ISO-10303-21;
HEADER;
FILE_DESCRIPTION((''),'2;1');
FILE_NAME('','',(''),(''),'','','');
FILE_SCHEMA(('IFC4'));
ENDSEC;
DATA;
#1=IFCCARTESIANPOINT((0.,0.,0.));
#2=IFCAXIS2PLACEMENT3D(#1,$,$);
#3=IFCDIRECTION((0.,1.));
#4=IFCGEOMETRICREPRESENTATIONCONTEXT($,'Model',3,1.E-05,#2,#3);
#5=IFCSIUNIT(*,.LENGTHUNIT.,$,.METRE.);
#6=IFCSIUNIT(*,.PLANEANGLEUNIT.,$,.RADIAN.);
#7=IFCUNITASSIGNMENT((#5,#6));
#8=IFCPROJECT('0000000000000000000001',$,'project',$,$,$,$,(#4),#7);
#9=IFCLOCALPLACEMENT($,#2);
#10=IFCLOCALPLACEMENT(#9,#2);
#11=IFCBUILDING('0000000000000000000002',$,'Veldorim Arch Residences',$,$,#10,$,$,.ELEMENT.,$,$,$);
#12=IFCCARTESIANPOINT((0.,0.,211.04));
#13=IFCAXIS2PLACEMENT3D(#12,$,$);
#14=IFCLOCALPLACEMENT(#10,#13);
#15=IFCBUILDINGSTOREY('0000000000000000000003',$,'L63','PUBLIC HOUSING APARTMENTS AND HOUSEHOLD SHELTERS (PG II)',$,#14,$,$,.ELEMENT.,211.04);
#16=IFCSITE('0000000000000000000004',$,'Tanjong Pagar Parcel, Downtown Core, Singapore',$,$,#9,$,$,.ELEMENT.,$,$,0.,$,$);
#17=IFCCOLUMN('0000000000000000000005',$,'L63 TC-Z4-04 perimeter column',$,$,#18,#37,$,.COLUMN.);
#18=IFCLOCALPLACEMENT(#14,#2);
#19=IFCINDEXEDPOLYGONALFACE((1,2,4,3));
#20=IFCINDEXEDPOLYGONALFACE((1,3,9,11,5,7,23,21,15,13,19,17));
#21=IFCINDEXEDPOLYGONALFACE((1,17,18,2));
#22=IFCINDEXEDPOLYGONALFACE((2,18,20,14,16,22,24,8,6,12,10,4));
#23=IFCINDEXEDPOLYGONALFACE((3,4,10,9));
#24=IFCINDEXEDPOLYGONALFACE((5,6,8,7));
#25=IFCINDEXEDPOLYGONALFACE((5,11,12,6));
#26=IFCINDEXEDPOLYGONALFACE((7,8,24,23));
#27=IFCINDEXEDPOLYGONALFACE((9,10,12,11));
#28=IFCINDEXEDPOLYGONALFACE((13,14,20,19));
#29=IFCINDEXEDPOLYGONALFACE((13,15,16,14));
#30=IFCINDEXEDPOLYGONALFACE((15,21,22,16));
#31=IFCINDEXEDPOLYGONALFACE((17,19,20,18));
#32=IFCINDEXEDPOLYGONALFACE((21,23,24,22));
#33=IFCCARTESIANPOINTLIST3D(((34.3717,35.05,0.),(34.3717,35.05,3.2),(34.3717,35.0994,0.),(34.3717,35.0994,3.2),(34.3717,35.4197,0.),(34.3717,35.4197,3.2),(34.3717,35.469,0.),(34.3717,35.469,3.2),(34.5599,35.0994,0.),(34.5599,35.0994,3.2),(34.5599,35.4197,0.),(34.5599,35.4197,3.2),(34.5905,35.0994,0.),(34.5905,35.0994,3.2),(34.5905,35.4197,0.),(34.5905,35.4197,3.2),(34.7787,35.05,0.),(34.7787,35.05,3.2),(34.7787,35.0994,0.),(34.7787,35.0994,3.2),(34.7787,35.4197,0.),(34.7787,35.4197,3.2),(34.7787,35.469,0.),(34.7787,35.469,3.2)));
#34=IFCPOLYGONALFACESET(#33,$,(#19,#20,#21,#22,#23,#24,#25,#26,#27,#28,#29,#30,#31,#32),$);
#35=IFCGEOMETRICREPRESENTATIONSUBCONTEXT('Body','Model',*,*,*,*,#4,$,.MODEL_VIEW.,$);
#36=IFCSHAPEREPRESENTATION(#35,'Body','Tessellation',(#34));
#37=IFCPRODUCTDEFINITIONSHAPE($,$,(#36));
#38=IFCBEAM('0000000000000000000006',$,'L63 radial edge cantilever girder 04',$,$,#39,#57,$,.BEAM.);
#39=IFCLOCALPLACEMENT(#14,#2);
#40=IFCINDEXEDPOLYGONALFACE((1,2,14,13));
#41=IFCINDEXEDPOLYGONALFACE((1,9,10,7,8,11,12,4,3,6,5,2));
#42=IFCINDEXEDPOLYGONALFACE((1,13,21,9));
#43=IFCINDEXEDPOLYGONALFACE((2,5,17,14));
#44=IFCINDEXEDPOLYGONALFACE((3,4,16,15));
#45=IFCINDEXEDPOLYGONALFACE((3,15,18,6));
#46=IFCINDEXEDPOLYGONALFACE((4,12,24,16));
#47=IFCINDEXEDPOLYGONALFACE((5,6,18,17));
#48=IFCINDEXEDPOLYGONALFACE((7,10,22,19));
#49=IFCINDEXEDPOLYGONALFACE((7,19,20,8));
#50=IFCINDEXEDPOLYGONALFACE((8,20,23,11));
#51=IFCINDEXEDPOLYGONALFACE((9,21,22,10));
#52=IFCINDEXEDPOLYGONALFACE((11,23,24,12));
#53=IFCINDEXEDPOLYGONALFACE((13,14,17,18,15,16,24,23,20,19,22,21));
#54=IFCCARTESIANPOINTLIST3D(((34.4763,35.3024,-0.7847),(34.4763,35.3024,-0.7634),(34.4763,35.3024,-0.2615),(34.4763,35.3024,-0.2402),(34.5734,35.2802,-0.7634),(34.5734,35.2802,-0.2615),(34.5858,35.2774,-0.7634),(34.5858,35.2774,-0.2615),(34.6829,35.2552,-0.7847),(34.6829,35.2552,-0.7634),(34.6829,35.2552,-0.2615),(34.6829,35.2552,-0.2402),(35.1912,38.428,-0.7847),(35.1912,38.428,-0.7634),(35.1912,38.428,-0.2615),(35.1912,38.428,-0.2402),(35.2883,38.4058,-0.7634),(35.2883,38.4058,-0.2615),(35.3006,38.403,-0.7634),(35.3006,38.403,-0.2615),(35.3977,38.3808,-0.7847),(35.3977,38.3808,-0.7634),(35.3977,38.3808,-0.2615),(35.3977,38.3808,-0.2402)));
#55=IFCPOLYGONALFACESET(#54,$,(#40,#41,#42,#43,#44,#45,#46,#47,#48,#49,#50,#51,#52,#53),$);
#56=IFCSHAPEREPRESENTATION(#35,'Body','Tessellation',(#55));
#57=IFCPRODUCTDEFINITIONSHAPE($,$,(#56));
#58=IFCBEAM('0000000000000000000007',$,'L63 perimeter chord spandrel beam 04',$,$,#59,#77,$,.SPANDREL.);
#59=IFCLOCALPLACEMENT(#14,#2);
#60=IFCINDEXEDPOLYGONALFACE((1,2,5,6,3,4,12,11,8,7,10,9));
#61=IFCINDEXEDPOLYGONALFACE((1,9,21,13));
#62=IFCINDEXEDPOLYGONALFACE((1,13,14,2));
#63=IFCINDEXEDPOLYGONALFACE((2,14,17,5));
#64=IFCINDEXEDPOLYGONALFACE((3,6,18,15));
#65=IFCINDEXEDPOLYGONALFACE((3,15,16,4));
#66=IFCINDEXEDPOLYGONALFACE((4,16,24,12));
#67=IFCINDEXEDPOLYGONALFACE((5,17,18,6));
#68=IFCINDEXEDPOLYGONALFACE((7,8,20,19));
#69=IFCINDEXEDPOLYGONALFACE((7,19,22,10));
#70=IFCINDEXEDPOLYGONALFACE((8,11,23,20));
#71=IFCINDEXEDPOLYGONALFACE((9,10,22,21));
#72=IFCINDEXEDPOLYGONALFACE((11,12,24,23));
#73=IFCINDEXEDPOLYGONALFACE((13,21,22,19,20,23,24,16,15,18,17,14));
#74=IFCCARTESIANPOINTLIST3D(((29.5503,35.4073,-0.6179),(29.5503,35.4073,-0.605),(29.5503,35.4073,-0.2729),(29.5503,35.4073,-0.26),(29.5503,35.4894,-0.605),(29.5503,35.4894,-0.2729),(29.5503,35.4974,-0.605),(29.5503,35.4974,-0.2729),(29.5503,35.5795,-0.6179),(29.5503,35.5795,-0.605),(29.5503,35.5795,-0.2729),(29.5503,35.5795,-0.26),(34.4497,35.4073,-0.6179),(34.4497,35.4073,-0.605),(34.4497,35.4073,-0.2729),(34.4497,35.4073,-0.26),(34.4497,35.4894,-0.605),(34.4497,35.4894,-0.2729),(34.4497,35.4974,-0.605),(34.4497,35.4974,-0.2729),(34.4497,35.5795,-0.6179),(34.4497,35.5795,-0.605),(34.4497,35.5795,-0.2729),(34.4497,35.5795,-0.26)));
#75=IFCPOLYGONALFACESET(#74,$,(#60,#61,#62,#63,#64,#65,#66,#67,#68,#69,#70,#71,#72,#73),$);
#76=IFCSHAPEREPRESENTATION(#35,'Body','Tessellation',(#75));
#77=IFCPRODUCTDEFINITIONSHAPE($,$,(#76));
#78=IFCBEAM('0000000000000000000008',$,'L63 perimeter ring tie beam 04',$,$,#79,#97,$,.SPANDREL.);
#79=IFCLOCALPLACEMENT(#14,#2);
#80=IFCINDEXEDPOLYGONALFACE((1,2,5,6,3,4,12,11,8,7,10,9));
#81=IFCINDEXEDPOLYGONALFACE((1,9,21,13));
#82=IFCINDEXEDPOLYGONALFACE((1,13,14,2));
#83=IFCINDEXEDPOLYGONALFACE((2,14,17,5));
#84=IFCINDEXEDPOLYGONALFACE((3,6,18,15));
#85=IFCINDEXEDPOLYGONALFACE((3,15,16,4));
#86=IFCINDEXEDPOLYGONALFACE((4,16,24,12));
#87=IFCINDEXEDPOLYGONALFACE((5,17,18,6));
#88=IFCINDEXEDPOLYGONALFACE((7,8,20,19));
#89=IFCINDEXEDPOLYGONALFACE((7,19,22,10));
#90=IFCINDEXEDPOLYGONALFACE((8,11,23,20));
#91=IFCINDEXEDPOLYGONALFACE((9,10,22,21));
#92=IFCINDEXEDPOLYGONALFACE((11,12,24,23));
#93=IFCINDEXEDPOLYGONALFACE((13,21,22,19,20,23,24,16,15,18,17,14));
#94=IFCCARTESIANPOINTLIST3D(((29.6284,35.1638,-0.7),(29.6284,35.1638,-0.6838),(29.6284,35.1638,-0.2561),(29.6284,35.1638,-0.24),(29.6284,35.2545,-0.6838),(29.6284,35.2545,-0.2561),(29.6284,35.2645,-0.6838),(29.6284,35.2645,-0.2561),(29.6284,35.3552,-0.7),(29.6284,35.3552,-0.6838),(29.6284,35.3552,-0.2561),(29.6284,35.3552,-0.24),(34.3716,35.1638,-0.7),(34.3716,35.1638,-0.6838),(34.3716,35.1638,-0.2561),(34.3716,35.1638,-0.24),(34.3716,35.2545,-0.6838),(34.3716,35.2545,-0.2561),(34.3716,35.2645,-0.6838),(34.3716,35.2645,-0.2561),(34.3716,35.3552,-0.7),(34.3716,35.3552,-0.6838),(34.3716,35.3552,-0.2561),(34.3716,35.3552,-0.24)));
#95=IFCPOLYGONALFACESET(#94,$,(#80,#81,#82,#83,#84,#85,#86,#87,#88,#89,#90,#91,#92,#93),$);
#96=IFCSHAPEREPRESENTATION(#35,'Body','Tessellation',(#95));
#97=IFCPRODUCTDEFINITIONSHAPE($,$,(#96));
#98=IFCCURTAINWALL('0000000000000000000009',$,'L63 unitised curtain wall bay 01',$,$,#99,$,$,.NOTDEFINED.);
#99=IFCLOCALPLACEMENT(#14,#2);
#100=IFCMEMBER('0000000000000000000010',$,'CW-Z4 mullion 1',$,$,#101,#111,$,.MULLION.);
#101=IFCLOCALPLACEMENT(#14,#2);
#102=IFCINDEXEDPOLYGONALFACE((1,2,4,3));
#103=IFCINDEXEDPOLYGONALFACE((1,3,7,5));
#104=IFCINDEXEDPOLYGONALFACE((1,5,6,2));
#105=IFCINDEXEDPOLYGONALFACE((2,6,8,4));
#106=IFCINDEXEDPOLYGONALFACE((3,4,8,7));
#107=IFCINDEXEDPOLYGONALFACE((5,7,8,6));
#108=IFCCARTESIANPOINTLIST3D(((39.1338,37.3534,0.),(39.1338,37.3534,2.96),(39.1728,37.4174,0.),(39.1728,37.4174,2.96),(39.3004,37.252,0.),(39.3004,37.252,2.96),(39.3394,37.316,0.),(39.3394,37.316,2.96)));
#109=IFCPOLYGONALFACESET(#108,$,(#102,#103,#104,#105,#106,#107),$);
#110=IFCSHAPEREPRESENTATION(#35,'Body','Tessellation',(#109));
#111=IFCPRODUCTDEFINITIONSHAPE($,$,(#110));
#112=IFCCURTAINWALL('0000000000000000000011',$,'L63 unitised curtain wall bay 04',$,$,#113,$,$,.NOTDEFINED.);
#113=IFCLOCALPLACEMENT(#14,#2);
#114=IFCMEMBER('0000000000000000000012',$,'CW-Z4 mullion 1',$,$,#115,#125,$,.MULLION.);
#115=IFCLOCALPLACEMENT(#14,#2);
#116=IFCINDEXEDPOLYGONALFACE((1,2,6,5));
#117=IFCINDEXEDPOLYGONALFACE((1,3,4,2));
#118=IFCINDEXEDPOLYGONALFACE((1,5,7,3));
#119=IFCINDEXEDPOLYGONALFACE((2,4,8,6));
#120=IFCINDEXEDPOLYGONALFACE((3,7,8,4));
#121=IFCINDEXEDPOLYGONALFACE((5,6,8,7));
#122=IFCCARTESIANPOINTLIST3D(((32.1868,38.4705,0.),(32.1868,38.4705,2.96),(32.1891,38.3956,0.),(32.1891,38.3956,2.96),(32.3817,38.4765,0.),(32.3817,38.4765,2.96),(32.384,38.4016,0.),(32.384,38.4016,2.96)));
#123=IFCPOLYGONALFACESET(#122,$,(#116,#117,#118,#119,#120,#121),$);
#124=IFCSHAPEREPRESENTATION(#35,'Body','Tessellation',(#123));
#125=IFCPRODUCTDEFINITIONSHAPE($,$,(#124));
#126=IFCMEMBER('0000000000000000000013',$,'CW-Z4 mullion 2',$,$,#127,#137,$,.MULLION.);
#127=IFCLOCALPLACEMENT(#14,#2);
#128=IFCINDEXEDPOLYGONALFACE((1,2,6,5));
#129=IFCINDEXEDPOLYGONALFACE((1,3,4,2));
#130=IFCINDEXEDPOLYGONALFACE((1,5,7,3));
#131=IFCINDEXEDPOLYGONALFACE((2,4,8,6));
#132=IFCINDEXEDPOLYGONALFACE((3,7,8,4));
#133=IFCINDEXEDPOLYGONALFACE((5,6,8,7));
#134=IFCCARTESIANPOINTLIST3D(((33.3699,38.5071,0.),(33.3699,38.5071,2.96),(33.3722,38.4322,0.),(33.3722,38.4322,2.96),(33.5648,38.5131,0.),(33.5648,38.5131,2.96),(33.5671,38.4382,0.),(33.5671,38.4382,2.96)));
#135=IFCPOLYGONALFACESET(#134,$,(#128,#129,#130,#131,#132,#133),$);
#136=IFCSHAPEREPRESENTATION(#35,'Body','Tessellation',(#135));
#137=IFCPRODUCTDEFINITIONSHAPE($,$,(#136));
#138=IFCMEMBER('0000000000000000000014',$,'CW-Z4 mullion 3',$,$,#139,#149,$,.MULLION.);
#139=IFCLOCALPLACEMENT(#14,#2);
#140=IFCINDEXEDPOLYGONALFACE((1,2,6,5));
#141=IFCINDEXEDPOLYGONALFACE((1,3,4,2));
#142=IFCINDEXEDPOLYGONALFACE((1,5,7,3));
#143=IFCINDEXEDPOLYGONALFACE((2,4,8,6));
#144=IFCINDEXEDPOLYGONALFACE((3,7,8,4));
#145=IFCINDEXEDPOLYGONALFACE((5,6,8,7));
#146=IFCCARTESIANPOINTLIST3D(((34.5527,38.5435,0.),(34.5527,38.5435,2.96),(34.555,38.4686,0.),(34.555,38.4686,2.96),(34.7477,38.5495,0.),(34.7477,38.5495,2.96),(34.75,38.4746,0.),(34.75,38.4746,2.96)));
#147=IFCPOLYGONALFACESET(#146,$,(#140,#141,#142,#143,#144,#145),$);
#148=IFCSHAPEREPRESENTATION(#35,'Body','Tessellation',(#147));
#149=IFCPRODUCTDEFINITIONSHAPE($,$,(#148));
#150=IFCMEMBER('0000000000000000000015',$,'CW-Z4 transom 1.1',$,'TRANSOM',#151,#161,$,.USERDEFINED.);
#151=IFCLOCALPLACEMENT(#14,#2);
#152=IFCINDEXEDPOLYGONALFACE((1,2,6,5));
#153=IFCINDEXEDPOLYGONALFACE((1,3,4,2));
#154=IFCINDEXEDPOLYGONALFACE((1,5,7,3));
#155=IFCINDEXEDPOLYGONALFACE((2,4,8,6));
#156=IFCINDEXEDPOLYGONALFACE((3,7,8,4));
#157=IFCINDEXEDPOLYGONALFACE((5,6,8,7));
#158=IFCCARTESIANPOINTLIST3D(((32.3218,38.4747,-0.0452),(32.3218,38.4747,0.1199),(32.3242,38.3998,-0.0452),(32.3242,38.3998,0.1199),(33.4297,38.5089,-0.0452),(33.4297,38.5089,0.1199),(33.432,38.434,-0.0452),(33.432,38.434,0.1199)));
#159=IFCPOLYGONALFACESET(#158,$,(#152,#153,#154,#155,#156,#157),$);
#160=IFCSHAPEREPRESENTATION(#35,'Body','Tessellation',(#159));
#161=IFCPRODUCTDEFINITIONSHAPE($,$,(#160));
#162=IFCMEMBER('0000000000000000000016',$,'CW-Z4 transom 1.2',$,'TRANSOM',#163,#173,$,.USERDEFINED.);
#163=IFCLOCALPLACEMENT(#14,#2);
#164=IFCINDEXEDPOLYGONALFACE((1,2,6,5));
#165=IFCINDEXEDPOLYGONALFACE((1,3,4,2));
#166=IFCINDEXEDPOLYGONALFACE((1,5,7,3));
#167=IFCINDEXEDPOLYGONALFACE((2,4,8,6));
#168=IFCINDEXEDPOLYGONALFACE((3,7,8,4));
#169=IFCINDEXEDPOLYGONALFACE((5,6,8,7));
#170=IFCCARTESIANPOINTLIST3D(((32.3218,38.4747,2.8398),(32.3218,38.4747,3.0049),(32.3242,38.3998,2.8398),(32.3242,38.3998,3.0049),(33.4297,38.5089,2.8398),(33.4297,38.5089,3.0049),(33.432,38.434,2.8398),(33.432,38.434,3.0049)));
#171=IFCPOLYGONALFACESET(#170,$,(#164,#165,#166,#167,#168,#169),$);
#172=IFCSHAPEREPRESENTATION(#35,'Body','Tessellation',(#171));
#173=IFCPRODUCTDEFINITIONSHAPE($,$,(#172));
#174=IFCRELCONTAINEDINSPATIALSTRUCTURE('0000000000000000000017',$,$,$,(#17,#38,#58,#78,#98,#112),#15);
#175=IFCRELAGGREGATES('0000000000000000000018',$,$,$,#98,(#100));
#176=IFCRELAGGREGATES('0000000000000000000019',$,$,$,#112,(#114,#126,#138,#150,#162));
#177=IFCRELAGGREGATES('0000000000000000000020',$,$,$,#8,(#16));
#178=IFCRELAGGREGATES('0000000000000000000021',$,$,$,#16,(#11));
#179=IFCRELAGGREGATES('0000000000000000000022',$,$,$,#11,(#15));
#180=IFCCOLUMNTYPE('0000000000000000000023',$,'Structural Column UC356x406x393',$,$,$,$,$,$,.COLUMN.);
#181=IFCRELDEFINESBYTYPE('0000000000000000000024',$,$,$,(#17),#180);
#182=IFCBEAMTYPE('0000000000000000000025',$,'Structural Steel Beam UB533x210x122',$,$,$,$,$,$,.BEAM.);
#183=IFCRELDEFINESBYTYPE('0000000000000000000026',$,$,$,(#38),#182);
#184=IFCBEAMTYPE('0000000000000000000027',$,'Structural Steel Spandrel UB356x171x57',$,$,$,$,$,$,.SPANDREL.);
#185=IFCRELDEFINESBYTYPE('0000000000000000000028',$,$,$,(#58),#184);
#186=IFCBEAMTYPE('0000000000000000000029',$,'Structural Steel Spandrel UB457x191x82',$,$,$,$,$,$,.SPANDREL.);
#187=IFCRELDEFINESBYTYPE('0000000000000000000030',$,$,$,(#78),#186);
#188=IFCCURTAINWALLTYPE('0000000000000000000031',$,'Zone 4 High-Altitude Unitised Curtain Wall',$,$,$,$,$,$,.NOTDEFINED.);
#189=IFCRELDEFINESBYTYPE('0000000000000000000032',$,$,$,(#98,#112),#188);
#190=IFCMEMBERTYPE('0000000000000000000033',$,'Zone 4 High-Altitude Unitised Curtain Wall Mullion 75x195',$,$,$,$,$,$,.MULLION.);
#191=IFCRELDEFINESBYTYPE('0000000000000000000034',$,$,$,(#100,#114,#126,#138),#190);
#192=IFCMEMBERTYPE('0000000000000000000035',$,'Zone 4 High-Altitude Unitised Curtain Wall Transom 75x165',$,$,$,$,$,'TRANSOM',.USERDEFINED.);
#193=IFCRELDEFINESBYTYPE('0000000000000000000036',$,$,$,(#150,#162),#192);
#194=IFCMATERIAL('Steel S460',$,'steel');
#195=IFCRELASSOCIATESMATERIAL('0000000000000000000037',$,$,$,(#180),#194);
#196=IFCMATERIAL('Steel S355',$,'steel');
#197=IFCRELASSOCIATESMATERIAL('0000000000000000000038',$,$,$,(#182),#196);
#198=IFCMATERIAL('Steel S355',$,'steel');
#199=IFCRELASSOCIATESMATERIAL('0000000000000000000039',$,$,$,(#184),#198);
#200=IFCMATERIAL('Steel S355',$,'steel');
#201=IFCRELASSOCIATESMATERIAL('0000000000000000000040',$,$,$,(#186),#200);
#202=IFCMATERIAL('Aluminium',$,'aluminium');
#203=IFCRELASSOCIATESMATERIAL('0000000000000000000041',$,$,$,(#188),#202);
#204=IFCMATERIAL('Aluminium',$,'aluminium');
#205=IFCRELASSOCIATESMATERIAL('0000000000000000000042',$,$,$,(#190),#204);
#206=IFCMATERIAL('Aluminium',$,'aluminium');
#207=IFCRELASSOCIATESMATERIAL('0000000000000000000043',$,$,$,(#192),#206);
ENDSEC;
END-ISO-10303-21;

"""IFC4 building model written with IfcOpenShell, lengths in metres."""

from ifc_helpers import new_model, si_unit, direction, frame, origin, origin_2d, place, context, subcontext, project, spatial, rectangle, i_section, extrude, material, material_profile, profile_set, type_object, element, aggregate, save


model = new_model("IFC4")

# Units and contexts
model_context = context("Model", 3, precision=1e-05, world=origin(), true_north=direction((0.0, 1.0)))
body_context = subcontext(model_context, "Body", "Model", "MODEL_VIEW")
ifc_project = project(units=[si_unit("LENGTHUNIT", "METRE"), si_unit("PLANEANGLEUNIT", "RADIAN")], contexts=[model_context])

# Site, building, storey
site_placement = place(None, origin())
site = spatial("IfcSite", under=ifc_project, at=site_placement, Name="Tanjong Pagar Parcel, Downtown Core, Singapore", CompositionType="ELEMENT", RefElevation=0.0)
building_placement = place(site_placement, origin())
building = spatial("IfcBuilding", under=site, at=building_placement, Name="Veldorim Arch Residences", CompositionType="ELEMENT")
storey_placement = place(building_placement, frame((0.0, 0.0, 211.04)))
storey = spatial("IfcBuildingStorey", under=building, at=storey_placement, Name="L63", Description="PUBLIC HOUSING APARTMENTS AND HOUSEHOLD SHELTERS (PG II)", CompositionType="ELEMENT", Elevation=211.04)

# Column
ifc_material_1 = material(Name="Steel S460", Category="steel")
ifc_material_profile_1 = material_profile(ifc_material_1, i_section(OverallWidth=0.407, OverallDepth=0.4189, WebThickness=0.0305, FlangeThickness=0.0493, at=origin_2d()), Name="UC356x406x393")
ifc_profile_set_1 = profile_set([ifc_material_profile_1], Name="Steel S460")
column_type = type_object("IfcColumnType", Name="Structural Column UC356x406x393", PredefinedType="COLUMN", material=ifc_profile_set_1)
column_placement = place(storey_placement, frame((34.5752, 35.2595, 0.0), z_axis=(0.0, 0.0, 1.0), x_axis=(1.0, 0.0, 0.0)))
element("IfcColumn", 1, at=column_placement, inside=storey, type_object=column_type, Name="L63 TC-Z4-04 perimeter column", PredefinedType="COLUMN", context=body_context, shape_type="SweptSolid", body=[
    extrude(i_section(OverallWidth=0.407, OverallDepth=0.4189, WebThickness=0.0305, FlangeThickness=0.0493, at=origin_2d()), origin(), (0.0, 0.0, 1.0), 3.2),
])

# Beams
ifc_material_2 = material(Name="Steel S355", Category="steel")
ifc_material_profile_2 = material_profile(ifc_material_2, i_section(OverallWidth=0.2119, OverallDepth=0.5444, WebThickness=0.0127, FlangeThickness=0.0212, at=origin_2d()), Name="UB533x210x122")
ifc_profile_set_2 = profile_set([ifc_material_profile_2], Name="Steel S355")
beam_type_1 = type_object("IfcBeamType", Name="Structural Steel Beam UB533x210x122", PredefinedType="BEAM", material=ifc_profile_set_2)
beam_1_placement = place(storey_placement, frame((34.5796, 35.2788, -0.5125), z_axis=(0.222957, 0.974828, 0.0), x_axis=(-0.974828, 0.222957, 0.0)))
element("IfcBeam", 2, at=beam_1_placement, inside=storey, type_object=beam_type_1, Name="L63 radial edge cantilever girder 04", PredefinedType="BEAM", context=body_context, shape_type="SweptSolid", body=[
    extrude(i_section(OverallWidth=0.2119, OverallDepth=0.5444, WebThickness=0.0127, FlangeThickness=0.0212, at=origin_2d()), origin(), (0.0, 0.0, 1.0), 3.2063),
])
ifc_material_3 = material(Name="Steel S355", Category="steel")
ifc_material_profile_3 = material_profile(ifc_material_3, i_section(OverallWidth=0.1721, OverallDepth=0.3579, WebThickness=0.0081, FlangeThickness=0.0129, at=origin_2d()), Name="UB356x171x57")
ifc_profile_set_3 = profile_set([ifc_material_profile_3], Name="Steel S355")
beam_type_2 = type_object("IfcBeamType", Name="Structural Steel Spandrel UB356x171x57", PredefinedType="SPANDREL", material=ifc_profile_set_3)
beam_2_placement = place(storey_placement, frame((34.4497, 35.4934, -0.439), z_axis=(-1.0, 0.0, 0.0), x_axis=(0.0, -1.0, 0.0)))
element("IfcBeam", 3, at=beam_2_placement, inside=storey, type_object=beam_type_2, Name="L63 perimeter chord spandrel beam 04", PredefinedType="SPANDREL", context=body_context, shape_type="SweptSolid", body=[
    extrude(i_section(OverallWidth=0.1721, OverallDepth=0.3579, WebThickness=0.0081, FlangeThickness=0.0129, at=origin_2d()), origin(), (0.0, 0.0, 1.0), 4.8994),
])
ifc_material_4 = material(Name="Steel S355", Category="steel")
ifc_material_profile_4 = material_profile(ifc_material_4, i_section(OverallWidth=0.1914, OverallDepth=0.46, WebThickness=0.01, FlangeThickness=0.0161, at=origin_2d()), Name="UB457x191x82")
ifc_profile_set_4 = profile_set([ifc_material_profile_4], Name="Steel S355")
beam_type_3 = type_object("IfcBeamType", Name="Structural Steel Spandrel UB457x191x82", PredefinedType="SPANDREL", material=ifc_profile_set_4)
beam_3_placement = place(storey_placement, frame((34.3716, 35.2595, -0.47), z_axis=(-1.0, 0.0, 0.0), x_axis=(0.0, -1.0, 0.0)))
element("IfcBeam", 4, at=beam_3_placement, inside=storey, type_object=beam_type_3, Name="L63 perimeter ring tie beam 04", PredefinedType="SPANDREL", context=body_context, shape_type="SweptSolid", body=[
    extrude(i_section(OverallWidth=0.1914, OverallDepth=0.46, WebThickness=0.01, FlangeThickness=0.0161, at=origin_2d()), origin(), (0.0, 0.0, 1.0), 4.7432),
])

# Curtain wall, member
ifc_material_5 = material(Name="Aluminium", Category="aluminium")
curtain_wall_type = type_object("IfcCurtainWallType", Name="Zone 4 High-Altitude Unitised Curtain Wall", PredefinedType="NOTDEFINED", material=ifc_material_5)
curtain_wall_1_placement = place(storey_placement, origin())
curtain_wall_1 = element("IfcCurtainWall", 5, at=curtain_wall_1_placement, inside=storey, type_object=curtain_wall_type, Name="L63 unitised curtain wall bay 01", PredefinedType="NOTDEFINED")
ifc_material_6 = material(Name="Aluminium", Category="aluminium")
ifc_material_profile_5 = material_profile(ifc_material_6, rectangle(XDim=0.075, YDim=0.1951, at=origin_2d()), Name="ALU_MUL_75x195")
ifc_profile_set_5 = profile_set([ifc_material_profile_5], Name="Aluminium")
member_type_1 = type_object("IfcMemberType", Name="Zone 4 High-Altitude Unitised Curtain Wall Mullion 75x195", PredefinedType="MULLION", material=ifc_profile_set_5)
member_1_placement = place(storey_placement, frame((39.2366, 37.3347, 0.0), z_axis=(0.0, 0.0, 1.0), x_axis=(0.520033, 0.854146, 0.0)))
member_1 = element("IfcMember", 6, at=member_1_placement, type_object=member_type_1, Name="CW-Z4 mullion 1", PredefinedType="MULLION", context=body_context, shape_type="SweptSolid", body=[
    extrude(rectangle(XDim=0.075, YDim=0.1951, at=origin_2d()), origin(), (0.0, 0.0, 1.0), 2.96),
])
aggregate(curtain_wall_1, [member_1])

# Curtain wall, members
curtain_wall_2_placement = place(storey_placement, origin())
curtain_wall_2 = element("IfcCurtainWall", 7, at=curtain_wall_2_placement, inside=storey, type_object=curtain_wall_type, Name="L63 unitised curtain wall bay 04", PredefinedType="NOTDEFINED")
member_2_placement = place(storey_placement, frame((32.2854, 38.436, 0.0), z_axis=(0.0, 0.0, 1.0), x_axis=(-0.030835, 0.999525, 0.0)))
member_2 = element("IfcMember", 8, at=member_2_placement, type_object=member_type_1, Name="CW-Z4 mullion 1", PredefinedType="MULLION", context=body_context, shape_type="SweptSolid", body=[
    extrude(rectangle(XDim=0.075, YDim=0.1951, at=origin_2d()), origin(), (0.0, 0.0, 1.0), 2.96),
])
member_3_placement = place(storey_placement, frame((33.4685, 38.4727, 0.0), z_axis=(0.0, 0.0, 1.0), x_axis=(-0.030835, 0.999525, 0.0)))
member_3 = element("IfcMember", 9, at=member_3_placement, type_object=member_type_1, Name="CW-Z4 mullion 2", PredefinedType="MULLION", context=body_context, shape_type="SweptSolid", body=[
    extrude(rectangle(XDim=0.075, YDim=0.1951, at=origin_2d()), origin(), (0.0, 0.0, 1.0), 2.96),
])
member_4_placement = place(storey_placement, frame((34.6514, 38.509, 0.0), z_axis=(0.0, 0.0, 1.0), x_axis=(-0.030835, 0.999525, 0.0)))
member_4 = element("IfcMember", 10, at=member_4_placement, type_object=member_type_1, Name="CW-Z4 mullion 3", PredefinedType="MULLION", context=body_context, shape_type="SweptSolid", body=[
    extrude(rectangle(XDim=0.075, YDim=0.1951, at=origin_2d()), origin(), (0.0, 0.0, 1.0), 2.96),
])
ifc_material_7 = material(Name="Aluminium", Category="aluminium")
ifc_material_profile_6 = material_profile(ifc_material_7, rectangle(XDim=0.075, YDim=0.165, at=origin_2d()), Name="ALU_TRN_75x165")
ifc_profile_set_6 = profile_set([ifc_material_profile_6], Name="Aluminium")
member_type_2 = type_object("IfcMemberType", Name="Zone 4 High-Altitude Unitised Curtain Wall Transom 75x165", ElementType="TRANSOM", PredefinedType="USERDEFINED", material=ifc_profile_set_6)
member_5_placement = place(storey_placement, frame((32.323, 38.4373, 0.0374), z_axis=(0.999524, 0.030836, 0.0), x_axis=(-0.030836, 0.999524, 0.0)))
member_5 = element("IfcMember", 11, at=member_5_placement, type_object=member_type_2, Name="CW-Z4 transom 1.1", ObjectType="TRANSOM", PredefinedType="USERDEFINED", context=body_context, shape_type="SweptSolid", body=[
    extrude(rectangle(XDim=0.075, YDim=0.165, at=origin_2d()), origin(), (0.0, 0.0, 1.0), 1.1084),
])
member_6_placement = place(storey_placement, frame((32.323, 38.4373, 2.9224), z_axis=(0.999524, 0.030836, 0.0), x_axis=(-0.030836, 0.999524, 0.0)))
member_6 = element("IfcMember", 12, at=member_6_placement, type_object=member_type_2, Name="CW-Z4 transom 1.2", ObjectType="TRANSOM", PredefinedType="USERDEFINED", context=body_context, shape_type="SweptSolid", body=[
    extrude(rectangle(XDim=0.075, YDim=0.165, at=origin_2d()), origin(), (0.0, 0.0, 1.0), 1.1084),
])
aggregate(curtain_wall_2, [member_2, member_3, member_4, member_5, member_6])

save(model, "model.ifc")
